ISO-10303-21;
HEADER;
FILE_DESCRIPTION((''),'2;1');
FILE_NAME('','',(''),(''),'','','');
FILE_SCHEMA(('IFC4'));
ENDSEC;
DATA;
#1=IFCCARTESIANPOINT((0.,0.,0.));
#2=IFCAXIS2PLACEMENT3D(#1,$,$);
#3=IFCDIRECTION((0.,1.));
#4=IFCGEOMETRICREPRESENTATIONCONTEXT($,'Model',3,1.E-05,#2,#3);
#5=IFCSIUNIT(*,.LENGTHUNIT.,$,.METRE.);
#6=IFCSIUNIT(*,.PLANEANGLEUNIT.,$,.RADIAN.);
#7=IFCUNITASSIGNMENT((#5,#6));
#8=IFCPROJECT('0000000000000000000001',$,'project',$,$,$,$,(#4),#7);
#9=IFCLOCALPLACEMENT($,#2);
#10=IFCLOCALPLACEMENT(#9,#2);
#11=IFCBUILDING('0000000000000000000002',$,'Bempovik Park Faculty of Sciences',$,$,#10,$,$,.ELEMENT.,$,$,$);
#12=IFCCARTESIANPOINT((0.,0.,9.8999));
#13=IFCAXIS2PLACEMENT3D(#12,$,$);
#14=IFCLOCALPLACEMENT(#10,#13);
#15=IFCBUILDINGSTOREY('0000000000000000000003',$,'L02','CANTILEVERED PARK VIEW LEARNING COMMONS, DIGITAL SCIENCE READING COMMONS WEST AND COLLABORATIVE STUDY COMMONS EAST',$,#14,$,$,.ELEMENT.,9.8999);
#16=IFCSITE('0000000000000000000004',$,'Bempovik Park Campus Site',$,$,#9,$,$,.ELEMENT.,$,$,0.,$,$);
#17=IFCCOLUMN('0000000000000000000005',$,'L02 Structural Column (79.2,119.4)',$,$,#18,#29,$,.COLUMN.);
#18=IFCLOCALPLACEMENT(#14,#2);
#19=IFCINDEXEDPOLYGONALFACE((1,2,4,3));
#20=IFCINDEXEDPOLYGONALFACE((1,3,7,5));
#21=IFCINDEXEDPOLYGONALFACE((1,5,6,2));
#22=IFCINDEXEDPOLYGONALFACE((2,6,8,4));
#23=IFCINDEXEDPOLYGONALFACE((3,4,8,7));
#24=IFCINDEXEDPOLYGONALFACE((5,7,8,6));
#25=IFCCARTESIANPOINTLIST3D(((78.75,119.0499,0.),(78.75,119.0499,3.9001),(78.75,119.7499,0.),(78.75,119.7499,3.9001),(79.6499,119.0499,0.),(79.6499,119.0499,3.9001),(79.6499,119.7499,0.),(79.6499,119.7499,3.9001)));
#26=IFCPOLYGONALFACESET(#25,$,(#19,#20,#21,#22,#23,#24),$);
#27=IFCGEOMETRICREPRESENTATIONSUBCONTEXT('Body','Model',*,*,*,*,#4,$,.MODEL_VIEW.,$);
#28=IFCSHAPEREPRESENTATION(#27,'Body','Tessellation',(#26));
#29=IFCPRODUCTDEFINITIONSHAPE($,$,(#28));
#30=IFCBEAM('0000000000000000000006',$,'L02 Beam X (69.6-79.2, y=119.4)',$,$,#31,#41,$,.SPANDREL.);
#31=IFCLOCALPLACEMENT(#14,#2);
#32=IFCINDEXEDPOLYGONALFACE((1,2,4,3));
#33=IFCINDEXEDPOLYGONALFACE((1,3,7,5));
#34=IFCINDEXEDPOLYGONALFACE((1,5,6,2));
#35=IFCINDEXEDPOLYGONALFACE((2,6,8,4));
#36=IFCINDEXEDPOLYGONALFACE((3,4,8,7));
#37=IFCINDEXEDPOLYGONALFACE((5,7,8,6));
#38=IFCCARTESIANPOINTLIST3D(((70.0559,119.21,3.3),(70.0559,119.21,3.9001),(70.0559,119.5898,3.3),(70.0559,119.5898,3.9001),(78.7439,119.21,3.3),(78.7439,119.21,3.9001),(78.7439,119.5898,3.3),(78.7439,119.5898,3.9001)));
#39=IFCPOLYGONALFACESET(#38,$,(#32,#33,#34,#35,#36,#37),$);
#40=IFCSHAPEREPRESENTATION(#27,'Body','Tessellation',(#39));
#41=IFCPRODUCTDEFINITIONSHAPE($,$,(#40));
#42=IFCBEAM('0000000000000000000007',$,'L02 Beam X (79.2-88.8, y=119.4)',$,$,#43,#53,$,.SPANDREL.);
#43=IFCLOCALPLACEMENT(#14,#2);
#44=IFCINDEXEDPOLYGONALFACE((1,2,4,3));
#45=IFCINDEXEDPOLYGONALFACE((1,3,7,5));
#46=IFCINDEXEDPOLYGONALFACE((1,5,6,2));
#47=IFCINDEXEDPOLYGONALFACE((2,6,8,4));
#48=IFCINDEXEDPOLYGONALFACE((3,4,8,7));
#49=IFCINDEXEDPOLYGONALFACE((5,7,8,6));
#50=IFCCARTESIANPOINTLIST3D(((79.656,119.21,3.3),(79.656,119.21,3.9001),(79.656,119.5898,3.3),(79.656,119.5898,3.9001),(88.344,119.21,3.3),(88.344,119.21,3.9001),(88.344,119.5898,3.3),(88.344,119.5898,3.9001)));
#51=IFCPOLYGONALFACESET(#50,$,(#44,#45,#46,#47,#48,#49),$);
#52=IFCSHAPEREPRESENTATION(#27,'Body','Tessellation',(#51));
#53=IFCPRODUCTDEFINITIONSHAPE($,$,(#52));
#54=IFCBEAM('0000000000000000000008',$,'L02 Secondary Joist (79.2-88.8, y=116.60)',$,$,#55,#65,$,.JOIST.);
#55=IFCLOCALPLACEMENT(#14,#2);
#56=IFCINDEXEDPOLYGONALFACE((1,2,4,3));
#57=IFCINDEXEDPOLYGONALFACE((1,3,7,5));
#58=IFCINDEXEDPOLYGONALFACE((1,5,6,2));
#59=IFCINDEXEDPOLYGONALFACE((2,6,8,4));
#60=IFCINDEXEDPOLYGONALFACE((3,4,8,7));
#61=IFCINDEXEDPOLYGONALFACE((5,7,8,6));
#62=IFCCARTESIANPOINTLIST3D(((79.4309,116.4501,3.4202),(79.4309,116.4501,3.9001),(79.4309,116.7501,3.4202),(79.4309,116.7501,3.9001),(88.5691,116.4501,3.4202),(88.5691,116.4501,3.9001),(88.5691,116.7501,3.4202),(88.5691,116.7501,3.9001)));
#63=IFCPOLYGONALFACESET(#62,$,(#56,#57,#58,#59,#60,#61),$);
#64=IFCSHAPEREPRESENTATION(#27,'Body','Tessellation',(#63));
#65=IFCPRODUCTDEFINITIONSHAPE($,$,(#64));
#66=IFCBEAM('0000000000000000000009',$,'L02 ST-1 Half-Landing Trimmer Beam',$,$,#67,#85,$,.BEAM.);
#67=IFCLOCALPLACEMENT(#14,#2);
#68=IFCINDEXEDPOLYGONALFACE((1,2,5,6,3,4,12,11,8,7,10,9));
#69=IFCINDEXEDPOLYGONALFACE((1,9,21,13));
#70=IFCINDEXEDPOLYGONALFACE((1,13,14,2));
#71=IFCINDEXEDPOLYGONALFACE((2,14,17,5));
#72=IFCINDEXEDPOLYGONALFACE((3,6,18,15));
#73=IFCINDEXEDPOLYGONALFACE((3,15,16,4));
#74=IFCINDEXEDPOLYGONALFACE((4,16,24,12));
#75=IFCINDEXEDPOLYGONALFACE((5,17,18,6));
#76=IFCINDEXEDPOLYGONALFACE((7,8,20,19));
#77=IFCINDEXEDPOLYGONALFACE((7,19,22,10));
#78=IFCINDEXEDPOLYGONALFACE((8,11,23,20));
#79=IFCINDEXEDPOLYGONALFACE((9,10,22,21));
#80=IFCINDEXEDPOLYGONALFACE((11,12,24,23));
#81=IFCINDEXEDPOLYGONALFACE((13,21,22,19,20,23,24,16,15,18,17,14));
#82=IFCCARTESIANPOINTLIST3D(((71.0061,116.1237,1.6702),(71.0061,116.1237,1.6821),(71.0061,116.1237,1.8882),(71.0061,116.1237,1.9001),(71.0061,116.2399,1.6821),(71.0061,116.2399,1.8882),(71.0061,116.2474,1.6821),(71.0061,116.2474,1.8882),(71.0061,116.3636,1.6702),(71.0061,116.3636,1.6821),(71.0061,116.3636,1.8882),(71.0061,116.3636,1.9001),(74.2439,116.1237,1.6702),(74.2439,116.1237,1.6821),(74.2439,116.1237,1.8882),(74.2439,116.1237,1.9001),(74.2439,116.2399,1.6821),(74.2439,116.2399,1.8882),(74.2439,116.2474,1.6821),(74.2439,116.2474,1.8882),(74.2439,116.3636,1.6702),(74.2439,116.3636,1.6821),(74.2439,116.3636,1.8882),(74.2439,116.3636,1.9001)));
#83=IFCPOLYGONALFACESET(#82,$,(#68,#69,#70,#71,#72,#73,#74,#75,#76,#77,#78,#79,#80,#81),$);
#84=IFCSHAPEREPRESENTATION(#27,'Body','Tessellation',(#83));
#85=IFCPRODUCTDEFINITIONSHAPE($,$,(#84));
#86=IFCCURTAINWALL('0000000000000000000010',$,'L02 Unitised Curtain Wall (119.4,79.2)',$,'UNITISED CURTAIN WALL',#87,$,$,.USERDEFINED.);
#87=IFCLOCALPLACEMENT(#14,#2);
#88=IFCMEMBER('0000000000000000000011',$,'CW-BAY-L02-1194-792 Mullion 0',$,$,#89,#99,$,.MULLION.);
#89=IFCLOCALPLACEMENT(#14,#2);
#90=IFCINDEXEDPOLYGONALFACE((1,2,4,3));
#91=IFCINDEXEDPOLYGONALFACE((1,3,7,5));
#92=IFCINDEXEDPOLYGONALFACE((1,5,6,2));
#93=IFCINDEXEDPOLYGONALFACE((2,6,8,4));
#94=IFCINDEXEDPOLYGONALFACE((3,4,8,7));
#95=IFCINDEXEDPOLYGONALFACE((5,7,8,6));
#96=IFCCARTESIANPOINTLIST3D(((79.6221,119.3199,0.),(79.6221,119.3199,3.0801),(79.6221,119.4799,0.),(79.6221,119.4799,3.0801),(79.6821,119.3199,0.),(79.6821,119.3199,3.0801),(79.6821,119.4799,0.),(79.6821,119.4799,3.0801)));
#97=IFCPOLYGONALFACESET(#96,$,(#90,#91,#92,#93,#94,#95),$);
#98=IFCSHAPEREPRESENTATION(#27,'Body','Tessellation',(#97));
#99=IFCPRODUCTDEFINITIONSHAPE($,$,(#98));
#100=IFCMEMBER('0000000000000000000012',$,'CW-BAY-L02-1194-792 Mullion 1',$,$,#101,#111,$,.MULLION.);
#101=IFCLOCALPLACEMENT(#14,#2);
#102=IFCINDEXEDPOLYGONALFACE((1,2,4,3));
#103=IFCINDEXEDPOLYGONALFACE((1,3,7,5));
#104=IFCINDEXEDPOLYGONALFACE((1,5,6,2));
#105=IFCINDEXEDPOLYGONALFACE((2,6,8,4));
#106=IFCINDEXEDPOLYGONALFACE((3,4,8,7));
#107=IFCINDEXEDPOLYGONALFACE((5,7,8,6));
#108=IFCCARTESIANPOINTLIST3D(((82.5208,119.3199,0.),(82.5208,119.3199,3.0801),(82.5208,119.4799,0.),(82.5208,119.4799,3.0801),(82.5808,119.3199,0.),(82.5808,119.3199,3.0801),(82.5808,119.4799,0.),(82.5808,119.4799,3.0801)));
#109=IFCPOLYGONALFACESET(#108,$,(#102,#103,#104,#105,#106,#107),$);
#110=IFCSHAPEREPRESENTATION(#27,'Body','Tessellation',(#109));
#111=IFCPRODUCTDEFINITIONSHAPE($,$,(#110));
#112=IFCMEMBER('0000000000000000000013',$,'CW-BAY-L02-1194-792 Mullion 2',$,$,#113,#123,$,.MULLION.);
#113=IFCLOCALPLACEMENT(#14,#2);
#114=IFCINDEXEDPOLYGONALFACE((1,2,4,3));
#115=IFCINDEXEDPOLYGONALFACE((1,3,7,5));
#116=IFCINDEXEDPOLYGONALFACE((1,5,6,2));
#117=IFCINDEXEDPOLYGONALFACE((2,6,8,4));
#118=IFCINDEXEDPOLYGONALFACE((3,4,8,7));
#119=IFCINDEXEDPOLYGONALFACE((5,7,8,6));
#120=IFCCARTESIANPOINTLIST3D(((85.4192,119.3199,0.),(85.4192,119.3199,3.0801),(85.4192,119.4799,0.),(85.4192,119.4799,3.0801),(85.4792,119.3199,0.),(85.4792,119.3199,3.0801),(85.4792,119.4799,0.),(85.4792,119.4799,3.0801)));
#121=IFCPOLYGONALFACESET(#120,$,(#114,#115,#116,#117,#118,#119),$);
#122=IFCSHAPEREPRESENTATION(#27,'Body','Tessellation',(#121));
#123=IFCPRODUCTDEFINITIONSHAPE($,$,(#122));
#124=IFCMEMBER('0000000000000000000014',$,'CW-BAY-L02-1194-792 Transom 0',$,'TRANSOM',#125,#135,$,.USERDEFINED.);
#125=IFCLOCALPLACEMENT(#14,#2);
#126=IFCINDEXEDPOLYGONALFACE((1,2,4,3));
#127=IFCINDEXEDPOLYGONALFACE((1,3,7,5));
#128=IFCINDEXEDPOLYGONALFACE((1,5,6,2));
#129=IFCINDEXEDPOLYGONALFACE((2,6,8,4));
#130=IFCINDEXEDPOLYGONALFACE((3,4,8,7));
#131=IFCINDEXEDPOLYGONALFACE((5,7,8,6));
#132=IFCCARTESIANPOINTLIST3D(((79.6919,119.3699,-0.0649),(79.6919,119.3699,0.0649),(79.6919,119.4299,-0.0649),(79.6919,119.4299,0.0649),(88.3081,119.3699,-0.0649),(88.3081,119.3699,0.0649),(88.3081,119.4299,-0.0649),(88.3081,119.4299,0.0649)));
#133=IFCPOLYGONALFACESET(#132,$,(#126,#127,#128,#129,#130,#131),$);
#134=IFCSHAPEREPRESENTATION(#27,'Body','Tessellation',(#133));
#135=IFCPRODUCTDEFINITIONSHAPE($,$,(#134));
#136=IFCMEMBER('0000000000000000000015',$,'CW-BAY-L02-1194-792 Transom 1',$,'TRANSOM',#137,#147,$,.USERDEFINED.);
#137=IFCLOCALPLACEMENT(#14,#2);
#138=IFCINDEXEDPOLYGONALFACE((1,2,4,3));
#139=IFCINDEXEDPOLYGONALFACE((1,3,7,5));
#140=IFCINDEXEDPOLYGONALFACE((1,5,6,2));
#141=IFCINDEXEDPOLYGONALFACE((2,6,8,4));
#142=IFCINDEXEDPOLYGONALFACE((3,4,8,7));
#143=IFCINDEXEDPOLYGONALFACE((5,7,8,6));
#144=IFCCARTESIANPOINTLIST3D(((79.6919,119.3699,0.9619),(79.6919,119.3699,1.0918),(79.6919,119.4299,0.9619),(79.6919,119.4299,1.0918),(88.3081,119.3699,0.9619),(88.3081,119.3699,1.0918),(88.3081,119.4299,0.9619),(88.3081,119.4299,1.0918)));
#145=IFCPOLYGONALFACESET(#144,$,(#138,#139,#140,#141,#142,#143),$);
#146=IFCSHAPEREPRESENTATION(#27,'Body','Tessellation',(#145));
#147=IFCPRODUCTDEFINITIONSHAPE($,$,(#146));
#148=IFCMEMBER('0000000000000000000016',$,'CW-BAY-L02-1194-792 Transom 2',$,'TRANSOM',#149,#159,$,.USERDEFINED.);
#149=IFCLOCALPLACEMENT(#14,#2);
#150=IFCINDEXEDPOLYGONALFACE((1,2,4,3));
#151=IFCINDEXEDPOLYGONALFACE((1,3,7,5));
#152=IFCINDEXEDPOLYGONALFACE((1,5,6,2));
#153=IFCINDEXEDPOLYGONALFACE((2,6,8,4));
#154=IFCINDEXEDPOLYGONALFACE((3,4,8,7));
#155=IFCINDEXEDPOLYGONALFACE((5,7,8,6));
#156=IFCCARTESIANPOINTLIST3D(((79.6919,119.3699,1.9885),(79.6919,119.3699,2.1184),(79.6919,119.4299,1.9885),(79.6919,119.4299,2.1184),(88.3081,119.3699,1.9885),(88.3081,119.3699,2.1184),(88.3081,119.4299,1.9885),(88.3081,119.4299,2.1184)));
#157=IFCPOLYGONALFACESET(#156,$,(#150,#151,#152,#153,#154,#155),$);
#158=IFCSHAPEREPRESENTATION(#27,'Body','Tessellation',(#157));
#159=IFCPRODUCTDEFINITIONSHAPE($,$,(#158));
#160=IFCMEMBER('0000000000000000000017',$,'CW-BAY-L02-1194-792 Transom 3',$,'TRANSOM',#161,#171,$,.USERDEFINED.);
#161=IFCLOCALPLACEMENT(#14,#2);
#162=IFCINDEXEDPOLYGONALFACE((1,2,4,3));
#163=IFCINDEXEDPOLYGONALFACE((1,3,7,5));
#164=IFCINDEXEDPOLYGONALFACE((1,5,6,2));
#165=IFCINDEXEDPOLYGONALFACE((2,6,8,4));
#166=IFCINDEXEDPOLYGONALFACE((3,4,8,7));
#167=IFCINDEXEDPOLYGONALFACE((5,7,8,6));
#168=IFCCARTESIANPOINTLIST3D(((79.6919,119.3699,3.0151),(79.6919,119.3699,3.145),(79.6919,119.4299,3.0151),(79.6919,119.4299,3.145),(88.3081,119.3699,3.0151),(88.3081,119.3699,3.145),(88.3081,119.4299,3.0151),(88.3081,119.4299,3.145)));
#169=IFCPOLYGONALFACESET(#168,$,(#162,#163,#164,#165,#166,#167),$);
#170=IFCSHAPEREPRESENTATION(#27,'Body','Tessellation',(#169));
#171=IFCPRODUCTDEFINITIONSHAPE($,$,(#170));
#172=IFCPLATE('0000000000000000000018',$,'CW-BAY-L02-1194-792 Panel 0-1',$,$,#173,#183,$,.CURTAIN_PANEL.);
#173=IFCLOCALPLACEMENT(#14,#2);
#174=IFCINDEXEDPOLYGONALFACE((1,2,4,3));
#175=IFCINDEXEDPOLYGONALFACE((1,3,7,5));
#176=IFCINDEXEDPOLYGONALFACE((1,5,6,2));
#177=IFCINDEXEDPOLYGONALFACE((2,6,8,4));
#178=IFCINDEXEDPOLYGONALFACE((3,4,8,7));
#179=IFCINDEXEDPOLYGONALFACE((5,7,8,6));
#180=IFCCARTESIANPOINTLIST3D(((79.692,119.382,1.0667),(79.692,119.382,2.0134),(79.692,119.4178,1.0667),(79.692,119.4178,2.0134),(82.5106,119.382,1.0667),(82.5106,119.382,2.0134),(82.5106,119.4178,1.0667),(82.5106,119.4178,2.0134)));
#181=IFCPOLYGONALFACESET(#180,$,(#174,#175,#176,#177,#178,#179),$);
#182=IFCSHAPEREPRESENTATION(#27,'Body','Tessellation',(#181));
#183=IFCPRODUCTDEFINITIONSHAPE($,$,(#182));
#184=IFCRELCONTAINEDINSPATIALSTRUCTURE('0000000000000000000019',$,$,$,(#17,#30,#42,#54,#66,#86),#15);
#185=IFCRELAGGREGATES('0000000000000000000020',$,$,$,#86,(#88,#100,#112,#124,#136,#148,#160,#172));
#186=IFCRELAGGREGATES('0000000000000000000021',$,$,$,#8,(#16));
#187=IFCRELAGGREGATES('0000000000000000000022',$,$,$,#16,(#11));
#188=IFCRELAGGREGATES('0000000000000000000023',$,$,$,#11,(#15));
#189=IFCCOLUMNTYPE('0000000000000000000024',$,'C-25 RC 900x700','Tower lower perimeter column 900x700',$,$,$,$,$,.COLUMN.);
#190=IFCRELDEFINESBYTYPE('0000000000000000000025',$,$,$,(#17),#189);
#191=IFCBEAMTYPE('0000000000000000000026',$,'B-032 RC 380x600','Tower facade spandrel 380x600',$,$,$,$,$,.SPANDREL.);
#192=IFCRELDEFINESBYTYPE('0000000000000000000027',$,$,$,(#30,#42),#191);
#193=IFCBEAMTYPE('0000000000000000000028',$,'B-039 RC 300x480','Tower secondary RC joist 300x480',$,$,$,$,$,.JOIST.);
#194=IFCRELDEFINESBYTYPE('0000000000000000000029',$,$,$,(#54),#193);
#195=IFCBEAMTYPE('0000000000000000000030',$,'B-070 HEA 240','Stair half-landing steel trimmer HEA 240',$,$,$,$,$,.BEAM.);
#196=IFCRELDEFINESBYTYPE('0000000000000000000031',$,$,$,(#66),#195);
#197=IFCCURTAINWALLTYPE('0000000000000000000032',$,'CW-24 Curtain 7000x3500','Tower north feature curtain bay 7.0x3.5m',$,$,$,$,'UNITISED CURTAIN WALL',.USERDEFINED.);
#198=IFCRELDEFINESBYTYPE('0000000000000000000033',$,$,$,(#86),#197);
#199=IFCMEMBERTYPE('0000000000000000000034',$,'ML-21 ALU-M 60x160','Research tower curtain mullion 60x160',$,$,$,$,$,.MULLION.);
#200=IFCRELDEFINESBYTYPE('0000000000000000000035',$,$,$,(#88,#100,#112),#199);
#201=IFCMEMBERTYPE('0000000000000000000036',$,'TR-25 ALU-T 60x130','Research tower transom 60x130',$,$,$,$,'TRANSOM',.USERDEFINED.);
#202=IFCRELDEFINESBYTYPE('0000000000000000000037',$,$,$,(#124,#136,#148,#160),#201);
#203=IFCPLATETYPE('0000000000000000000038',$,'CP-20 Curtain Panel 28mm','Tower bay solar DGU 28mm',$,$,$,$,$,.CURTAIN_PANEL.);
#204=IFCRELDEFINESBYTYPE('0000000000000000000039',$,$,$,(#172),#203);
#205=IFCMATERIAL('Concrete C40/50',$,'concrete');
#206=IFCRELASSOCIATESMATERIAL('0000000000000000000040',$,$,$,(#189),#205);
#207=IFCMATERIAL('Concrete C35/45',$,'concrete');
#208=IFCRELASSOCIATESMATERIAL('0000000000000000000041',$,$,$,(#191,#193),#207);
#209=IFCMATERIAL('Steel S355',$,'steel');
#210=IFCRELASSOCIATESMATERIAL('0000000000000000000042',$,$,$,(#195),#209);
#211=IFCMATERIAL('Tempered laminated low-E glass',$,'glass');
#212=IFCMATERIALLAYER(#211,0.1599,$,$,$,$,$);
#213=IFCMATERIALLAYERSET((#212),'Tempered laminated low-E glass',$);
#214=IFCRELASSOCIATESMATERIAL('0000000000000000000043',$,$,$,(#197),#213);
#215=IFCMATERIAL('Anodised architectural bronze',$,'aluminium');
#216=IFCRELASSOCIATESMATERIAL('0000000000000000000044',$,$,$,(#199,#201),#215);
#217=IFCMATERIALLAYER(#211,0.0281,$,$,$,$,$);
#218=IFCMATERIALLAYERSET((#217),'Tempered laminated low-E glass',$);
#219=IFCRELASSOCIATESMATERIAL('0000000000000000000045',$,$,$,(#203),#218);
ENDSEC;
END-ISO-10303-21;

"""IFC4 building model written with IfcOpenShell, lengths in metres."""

from ifc_helpers import new_model, si_unit, direction, frame, origin, origin_2d, place, context, subcontext, project, spatial, rectangle, i_section, extrude, material, layer, layer_set, material_profile, profile_set, type_object, element, aggregate, save


model = new_model("IFC4")

# Units and contexts
model_context = context("Model", 3, precision=1e-05, world=origin(), true_north=direction((0.0, 1.0)))
body_context = subcontext(model_context, "Body", "Model", "MODEL_VIEW")
ifc_project = project(units=[si_unit("LENGTHUNIT", "METRE"), si_unit("PLANEANGLEUNIT", "RADIAN")], contexts=[model_context])

# Site, building, storey
site_placement = place(None, origin())
site = spatial("IfcSite", under=ifc_project, at=site_placement, Name="Bempovik Park Campus Site", CompositionType="ELEMENT", RefElevation=0.0)
building_placement = place(site_placement, origin())
building = spatial("IfcBuilding", under=site, at=building_placement, Name="Bempovik Park Faculty of Sciences", CompositionType="ELEMENT")
storey_placement = place(building_placement, frame((0.0, 0.0, 9.8999)))
storey = spatial("IfcBuildingStorey", under=building, at=storey_placement, Name="L02", Description="CANTILEVERED PARK VIEW LEARNING COMMONS, DIGITAL SCIENCE READING COMMONS WEST AND COLLABORATIVE STUDY COMMONS EAST", CompositionType="ELEMENT", Elevation=9.8999)

# Column
ifc_material_1 = material(Name="Concrete C40/50", Category="concrete")
ifc_material_profile_1 = material_profile(ifc_material_1, rectangle(XDim=0.8999, YDim=0.7, at=origin_2d()), Name="RC 900x700")
ifc_profile_set_1 = profile_set([ifc_material_profile_1], Name="Concrete C40/50")
column_type = type_object("IfcColumnType", Name="C-25 RC 900x700", Description="Tower lower perimeter column 900x700", PredefinedType="COLUMN", material=ifc_profile_set_1)
column_placement = place(storey_placement, frame((79.2, 119.3999, 0.0), z_axis=(0.0, 0.0, 1.0), x_axis=(1.0, 0.0, 0.0)))
element("IfcColumn", 1, at=column_placement, inside=storey, type_object=column_type, Name="L02 Structural Column (79.2,119.4)", PredefinedType="COLUMN", context=body_context, shape_type="SweptSolid", body=[
    extrude(rectangle(XDim=0.8999, YDim=0.7, at=origin_2d()), origin(), (0.0, 0.0, 1.0), 3.9001),
])

# Beams
ifc_material_2 = material(Name="Concrete C35/45", Category="concrete")
ifc_material_profile_2 = material_profile(ifc_material_2, rectangle(XDim=0.3799, YDim=0.6001, at=origin_2d()), Name="RC 380x600")
ifc_profile_set_2 = profile_set([ifc_material_profile_2], Name="Concrete C35/45")
beam_type_1 = type_object("IfcBeamType", Name="B-032 RC 380x600", Description="Tower facade spandrel 380x600", PredefinedType="SPANDREL", material=ifc_profile_set_2)
for number, where, z_axis, x_axis, name in (
    (2, (70.0559, 119.3999, 3.6001), (1.0, 0.0, 0.0), (0.0, 1.0, 0.0), "L02 Beam X (69.6-79.2, y=119.4)"),
    (3, (79.656, 119.3999, 3.6001), (1.0, 0.0, 0.0), (0.0, 1.0, 0.0), "L02 Beam X (79.2-88.8, y=119.4)"),
):
    element("IfcBeam", number, at=place(storey_placement, frame(where, z_axis=z_axis, x_axis=x_axis)), inside=storey, type_object=beam_type_1, Name=name, PredefinedType="SPANDREL", context=body_context, shape_type="SweptSolid", body=[
        extrude(rectangle(XDim=0.3799, YDim=0.6001, at=origin_2d()), origin(), (0.0, 0.0, 1.0), 8.688),
    ])
ifc_material_profile_3 = material_profile(ifc_material_2, rectangle(XDim=0.3, YDim=0.48, at=origin_2d()), Name="RC 300x480")
ifc_profile_set_3 = profile_set([ifc_material_profile_3], Name="Concrete C35/45")
beam_type_2 = type_object("IfcBeamType", Name="B-039 RC 300x480", Description="Tower secondary RC joist 300x480", PredefinedType="JOIST", material=ifc_profile_set_3)
beam_1_placement = place(storey_placement, frame((79.4309, 116.6001, 3.6602), z_axis=(1.0, 0.0, 0.0), x_axis=(0.0, 1.0, 0.0)))
element("IfcBeam", 4, at=beam_1_placement, inside=storey, type_object=beam_type_2, Name="L02 Secondary Joist (79.2-88.8, y=116.60)", PredefinedType="JOIST", context=body_context, shape_type="SweptSolid", body=[
    extrude(rectangle(XDim=0.3, YDim=0.48, at=origin_2d()), origin(), (0.0, 0.0, 1.0), 9.1382),
])
ifc_material_3 = material(Name="Steel S355", Category="steel")
ifc_material_profile_4 = material_profile(ifc_material_3, i_section(OverallWidth=0.24, OverallDepth=0.23, WebThickness=0.0076, FlangeThickness=0.012, at=origin_2d()), Name="HEA 240")
ifc_profile_set_4 = profile_set([ifc_material_profile_4], Name="Steel S355")
beam_type_3 = type_object("IfcBeamType", Name="B-070 HEA 240", Description="Stair half-landing steel trimmer HEA 240", PredefinedType="BEAM", material=ifc_profile_set_4)
beam_2_placement = place(storey_placement, frame((71.0061, 116.2437, 1.7852), z_axis=(1.0, 0.0, 0.0), x_axis=(0.0, 1.0, 0.0)))
element("IfcBeam", 5, at=beam_2_placement, inside=storey, type_object=beam_type_3, Name="L02 ST-1 Half-Landing Trimmer Beam", PredefinedType="BEAM", context=body_context, shape_type="SweptSolid", body=[
    extrude(i_section(OverallWidth=0.24, OverallDepth=0.23, WebThickness=0.0076, FlangeThickness=0.012, at=origin_2d()), origin(), (0.0, 0.0, 1.0), 3.2378),
])

# Curtain wall, members, plate
ifc_material_4 = material(Name="Tempered laminated low-E glass", Category="glass")
ifc_layer_1 = layer(ifc_material_4, 0.1599)
ifc_layer_set_1 = layer_set([ifc_layer_1], Name="Tempered laminated low-E glass")
curtain_wall_type = type_object("IfcCurtainWallType", Name="CW-24 Curtain 7000x3500", Description="Tower north feature curtain bay 7.0x3.5m", ElementType="UNITISED CURTAIN WALL", PredefinedType="USERDEFINED", material=ifc_layer_set_1)
curtain_wall_placement = place(storey_placement, origin())
curtain_wall = element("IfcCurtainWall", 6, at=curtain_wall_placement, inside=storey, type_object=curtain_wall_type, Name="L02 Unitised Curtain Wall (119.4,79.2)", ObjectType="UNITISED CURTAIN WALL", PredefinedType="USERDEFINED")
ifc_material_5 = material(Name="Anodised architectural bronze", Category="aluminium")
ifc_material_profile_5 = material_profile(ifc_material_5, rectangle(XDim=0.0601, YDim=0.1599, at=origin_2d()), Name="ALU-M 60x160")
ifc_profile_set_5 = profile_set([ifc_material_profile_5], Name="Anodised architectural bronze")
member_type_1 = type_object("IfcMemberType", Name="ML-21 ALU-M 60x160", Description="Research tower curtain mullion 60x160", PredefinedType="MULLION", material=ifc_profile_set_5)
member_1_placement = place(storey_placement, frame((79.6521, 119.3999, 0.0), z_axis=(0.0, 0.0, 1.0), x_axis=(1.0, 0.0, 0.0)))
member_1 = element("IfcMember", 7, at=member_1_placement, type_object=member_type_1, Name="CW-BAY-L02-1194-792 Mullion 0", PredefinedType="MULLION", context=body_context, shape_type="SweptSolid", body=[
    extrude(rectangle(XDim=0.0601, YDim=0.1599, at=origin_2d()), origin(), (0.0, 0.0, 1.0), 3.0801),
])
member_2_placement = place(storey_placement, frame((82.5508, 119.3999, 0.0), z_axis=(0.0, 0.0, 1.0), x_axis=(1.0, 0.0, 0.0)))
member_2 = element("IfcMember", 8, at=member_2_placement, type_object=member_type_1, Name="CW-BAY-L02-1194-792 Mullion 1", PredefinedType="MULLION", context=body_context, shape_type="SweptSolid", body=[
    extrude(rectangle(XDim=0.0601, YDim=0.1599, at=origin_2d()), origin(), (0.0, 0.0, 1.0), 3.0801),
])
member_3_placement = place(storey_placement, frame((85.4492, 119.3999, 0.0), z_axis=(0.0, 0.0, 1.0), x_axis=(1.0, 0.0, 0.0)))
member_3 = element("IfcMember", 9, at=member_3_placement, type_object=member_type_1, Name="CW-BAY-L02-1194-792 Mullion 2", PredefinedType="MULLION", context=body_context, shape_type="SweptSolid", body=[
    extrude(rectangle(XDim=0.0601, YDim=0.1599, at=origin_2d()), origin(), (0.0, 0.0, 1.0), 3.0801),
])
ifc_material_profile_6 = material_profile(ifc_material_5, rectangle(XDim=0.0601, YDim=0.1299, at=origin_2d()), Name="ALU-T 60x130")
ifc_profile_set_6 = profile_set([ifc_material_profile_6], Name="Anodised architectural bronze")
member_type_2 = type_object("IfcMemberType", Name="TR-25 ALU-T 60x130", Description="Research tower transom 60x130", ElementType="TRANSOM", PredefinedType="USERDEFINED", material=ifc_profile_set_6)
member_4_placement = place(storey_placement, frame((79.6919, 119.3999, 0.0), z_axis=(1.0, 0.0, 0.0), x_axis=(0.0, 1.0, 0.0)))
member_4 = element("IfcMember", 10, at=member_4_placement, type_object=member_type_2, Name="CW-BAY-L02-1194-792 Transom 0", ObjectType="TRANSOM", PredefinedType="USERDEFINED", context=body_context, shape_type="SweptSolid", body=[
    extrude(rectangle(XDim=0.0601, YDim=0.1299, at=origin_2d()), origin(), (0.0, 0.0, 1.0), 8.6162),
])
member_5_placement = place(storey_placement, frame((79.6919, 119.3999, 1.0269), z_axis=(1.0, 0.0, 0.0), x_axis=(0.0, 1.0, 0.0)))
member_5 = element("IfcMember", 11, at=member_5_placement, type_object=member_type_2, Name="CW-BAY-L02-1194-792 Transom 1", ObjectType="TRANSOM", PredefinedType="USERDEFINED", context=body_context, shape_type="SweptSolid", body=[
    extrude(rectangle(XDim=0.0601, YDim=0.1299, at=origin_2d()), origin(), (0.0, 0.0, 1.0), 8.6162),
])
member_6_placement = place(storey_placement, frame((79.6919, 119.3999, 2.0535), z_axis=(1.0, 0.0, 0.0), x_axis=(0.0, 1.0, 0.0)))
member_6 = element("IfcMember", 12, at=member_6_placement, type_object=member_type_2, Name="CW-BAY-L02-1194-792 Transom 2", ObjectType="TRANSOM", PredefinedType="USERDEFINED", context=body_context, shape_type="SweptSolid", body=[
    extrude(rectangle(XDim=0.0601, YDim=0.1299, at=origin_2d()), origin(), (0.0, 0.0, 1.0), 8.6162),
])
member_7_placement = place(storey_placement, frame((79.6919, 119.3999, 3.0801), z_axis=(1.0, 0.0, 0.0), x_axis=(0.0, 1.0, 0.0)))
member_7 = element("IfcMember", 13, at=member_7_placement, type_object=member_type_2, Name="CW-BAY-L02-1194-792 Transom 3", ObjectType="TRANSOM", PredefinedType="USERDEFINED", context=body_context, shape_type="SweptSolid", body=[
    extrude(rectangle(XDim=0.0601, YDim=0.1299, at=origin_2d()), origin(), (0.0, 0.0, 1.0), 8.6162),
])
ifc_layer_2 = layer(ifc_material_4, 0.0281)
ifc_layer_set_2 = layer_set([ifc_layer_2], Name="Tempered laminated low-E glass")
plate_type_1 = type_object("IfcPlateType", Name="CP-20 Curtain Panel 28mm", Description="Tower bay solar DGU 28mm", PredefinedType="CURTAIN_PANEL", material=ifc_layer_set_2)
plate_1_placement = place(storey_placement, frame((81.1013, 119.3999, 1.0667), z_axis=(0.0, 0.0, 1.0), x_axis=(1.0, 0.0, 0.0)))
plate_1 = element("IfcPlate", 14, at=plate_1_placement, type_object=plate_type_1, Name="CW-BAY-L02-1194-792 Panel 0-1", PredefinedType="CURTAIN_PANEL", context=body_context, shape_type="SweptSolid", body=[
    extrude(rectangle(XDim=2.8186, YDim=0.0359, at=origin_2d()), origin(), (0.0, 0.0, 1.0), 0.9468),
])
aggregate(curtain_wall, [member_1, member_2, member_3, member_4, member_5, member_6, member_7, plate_1])

save(model, "model.ifc")
